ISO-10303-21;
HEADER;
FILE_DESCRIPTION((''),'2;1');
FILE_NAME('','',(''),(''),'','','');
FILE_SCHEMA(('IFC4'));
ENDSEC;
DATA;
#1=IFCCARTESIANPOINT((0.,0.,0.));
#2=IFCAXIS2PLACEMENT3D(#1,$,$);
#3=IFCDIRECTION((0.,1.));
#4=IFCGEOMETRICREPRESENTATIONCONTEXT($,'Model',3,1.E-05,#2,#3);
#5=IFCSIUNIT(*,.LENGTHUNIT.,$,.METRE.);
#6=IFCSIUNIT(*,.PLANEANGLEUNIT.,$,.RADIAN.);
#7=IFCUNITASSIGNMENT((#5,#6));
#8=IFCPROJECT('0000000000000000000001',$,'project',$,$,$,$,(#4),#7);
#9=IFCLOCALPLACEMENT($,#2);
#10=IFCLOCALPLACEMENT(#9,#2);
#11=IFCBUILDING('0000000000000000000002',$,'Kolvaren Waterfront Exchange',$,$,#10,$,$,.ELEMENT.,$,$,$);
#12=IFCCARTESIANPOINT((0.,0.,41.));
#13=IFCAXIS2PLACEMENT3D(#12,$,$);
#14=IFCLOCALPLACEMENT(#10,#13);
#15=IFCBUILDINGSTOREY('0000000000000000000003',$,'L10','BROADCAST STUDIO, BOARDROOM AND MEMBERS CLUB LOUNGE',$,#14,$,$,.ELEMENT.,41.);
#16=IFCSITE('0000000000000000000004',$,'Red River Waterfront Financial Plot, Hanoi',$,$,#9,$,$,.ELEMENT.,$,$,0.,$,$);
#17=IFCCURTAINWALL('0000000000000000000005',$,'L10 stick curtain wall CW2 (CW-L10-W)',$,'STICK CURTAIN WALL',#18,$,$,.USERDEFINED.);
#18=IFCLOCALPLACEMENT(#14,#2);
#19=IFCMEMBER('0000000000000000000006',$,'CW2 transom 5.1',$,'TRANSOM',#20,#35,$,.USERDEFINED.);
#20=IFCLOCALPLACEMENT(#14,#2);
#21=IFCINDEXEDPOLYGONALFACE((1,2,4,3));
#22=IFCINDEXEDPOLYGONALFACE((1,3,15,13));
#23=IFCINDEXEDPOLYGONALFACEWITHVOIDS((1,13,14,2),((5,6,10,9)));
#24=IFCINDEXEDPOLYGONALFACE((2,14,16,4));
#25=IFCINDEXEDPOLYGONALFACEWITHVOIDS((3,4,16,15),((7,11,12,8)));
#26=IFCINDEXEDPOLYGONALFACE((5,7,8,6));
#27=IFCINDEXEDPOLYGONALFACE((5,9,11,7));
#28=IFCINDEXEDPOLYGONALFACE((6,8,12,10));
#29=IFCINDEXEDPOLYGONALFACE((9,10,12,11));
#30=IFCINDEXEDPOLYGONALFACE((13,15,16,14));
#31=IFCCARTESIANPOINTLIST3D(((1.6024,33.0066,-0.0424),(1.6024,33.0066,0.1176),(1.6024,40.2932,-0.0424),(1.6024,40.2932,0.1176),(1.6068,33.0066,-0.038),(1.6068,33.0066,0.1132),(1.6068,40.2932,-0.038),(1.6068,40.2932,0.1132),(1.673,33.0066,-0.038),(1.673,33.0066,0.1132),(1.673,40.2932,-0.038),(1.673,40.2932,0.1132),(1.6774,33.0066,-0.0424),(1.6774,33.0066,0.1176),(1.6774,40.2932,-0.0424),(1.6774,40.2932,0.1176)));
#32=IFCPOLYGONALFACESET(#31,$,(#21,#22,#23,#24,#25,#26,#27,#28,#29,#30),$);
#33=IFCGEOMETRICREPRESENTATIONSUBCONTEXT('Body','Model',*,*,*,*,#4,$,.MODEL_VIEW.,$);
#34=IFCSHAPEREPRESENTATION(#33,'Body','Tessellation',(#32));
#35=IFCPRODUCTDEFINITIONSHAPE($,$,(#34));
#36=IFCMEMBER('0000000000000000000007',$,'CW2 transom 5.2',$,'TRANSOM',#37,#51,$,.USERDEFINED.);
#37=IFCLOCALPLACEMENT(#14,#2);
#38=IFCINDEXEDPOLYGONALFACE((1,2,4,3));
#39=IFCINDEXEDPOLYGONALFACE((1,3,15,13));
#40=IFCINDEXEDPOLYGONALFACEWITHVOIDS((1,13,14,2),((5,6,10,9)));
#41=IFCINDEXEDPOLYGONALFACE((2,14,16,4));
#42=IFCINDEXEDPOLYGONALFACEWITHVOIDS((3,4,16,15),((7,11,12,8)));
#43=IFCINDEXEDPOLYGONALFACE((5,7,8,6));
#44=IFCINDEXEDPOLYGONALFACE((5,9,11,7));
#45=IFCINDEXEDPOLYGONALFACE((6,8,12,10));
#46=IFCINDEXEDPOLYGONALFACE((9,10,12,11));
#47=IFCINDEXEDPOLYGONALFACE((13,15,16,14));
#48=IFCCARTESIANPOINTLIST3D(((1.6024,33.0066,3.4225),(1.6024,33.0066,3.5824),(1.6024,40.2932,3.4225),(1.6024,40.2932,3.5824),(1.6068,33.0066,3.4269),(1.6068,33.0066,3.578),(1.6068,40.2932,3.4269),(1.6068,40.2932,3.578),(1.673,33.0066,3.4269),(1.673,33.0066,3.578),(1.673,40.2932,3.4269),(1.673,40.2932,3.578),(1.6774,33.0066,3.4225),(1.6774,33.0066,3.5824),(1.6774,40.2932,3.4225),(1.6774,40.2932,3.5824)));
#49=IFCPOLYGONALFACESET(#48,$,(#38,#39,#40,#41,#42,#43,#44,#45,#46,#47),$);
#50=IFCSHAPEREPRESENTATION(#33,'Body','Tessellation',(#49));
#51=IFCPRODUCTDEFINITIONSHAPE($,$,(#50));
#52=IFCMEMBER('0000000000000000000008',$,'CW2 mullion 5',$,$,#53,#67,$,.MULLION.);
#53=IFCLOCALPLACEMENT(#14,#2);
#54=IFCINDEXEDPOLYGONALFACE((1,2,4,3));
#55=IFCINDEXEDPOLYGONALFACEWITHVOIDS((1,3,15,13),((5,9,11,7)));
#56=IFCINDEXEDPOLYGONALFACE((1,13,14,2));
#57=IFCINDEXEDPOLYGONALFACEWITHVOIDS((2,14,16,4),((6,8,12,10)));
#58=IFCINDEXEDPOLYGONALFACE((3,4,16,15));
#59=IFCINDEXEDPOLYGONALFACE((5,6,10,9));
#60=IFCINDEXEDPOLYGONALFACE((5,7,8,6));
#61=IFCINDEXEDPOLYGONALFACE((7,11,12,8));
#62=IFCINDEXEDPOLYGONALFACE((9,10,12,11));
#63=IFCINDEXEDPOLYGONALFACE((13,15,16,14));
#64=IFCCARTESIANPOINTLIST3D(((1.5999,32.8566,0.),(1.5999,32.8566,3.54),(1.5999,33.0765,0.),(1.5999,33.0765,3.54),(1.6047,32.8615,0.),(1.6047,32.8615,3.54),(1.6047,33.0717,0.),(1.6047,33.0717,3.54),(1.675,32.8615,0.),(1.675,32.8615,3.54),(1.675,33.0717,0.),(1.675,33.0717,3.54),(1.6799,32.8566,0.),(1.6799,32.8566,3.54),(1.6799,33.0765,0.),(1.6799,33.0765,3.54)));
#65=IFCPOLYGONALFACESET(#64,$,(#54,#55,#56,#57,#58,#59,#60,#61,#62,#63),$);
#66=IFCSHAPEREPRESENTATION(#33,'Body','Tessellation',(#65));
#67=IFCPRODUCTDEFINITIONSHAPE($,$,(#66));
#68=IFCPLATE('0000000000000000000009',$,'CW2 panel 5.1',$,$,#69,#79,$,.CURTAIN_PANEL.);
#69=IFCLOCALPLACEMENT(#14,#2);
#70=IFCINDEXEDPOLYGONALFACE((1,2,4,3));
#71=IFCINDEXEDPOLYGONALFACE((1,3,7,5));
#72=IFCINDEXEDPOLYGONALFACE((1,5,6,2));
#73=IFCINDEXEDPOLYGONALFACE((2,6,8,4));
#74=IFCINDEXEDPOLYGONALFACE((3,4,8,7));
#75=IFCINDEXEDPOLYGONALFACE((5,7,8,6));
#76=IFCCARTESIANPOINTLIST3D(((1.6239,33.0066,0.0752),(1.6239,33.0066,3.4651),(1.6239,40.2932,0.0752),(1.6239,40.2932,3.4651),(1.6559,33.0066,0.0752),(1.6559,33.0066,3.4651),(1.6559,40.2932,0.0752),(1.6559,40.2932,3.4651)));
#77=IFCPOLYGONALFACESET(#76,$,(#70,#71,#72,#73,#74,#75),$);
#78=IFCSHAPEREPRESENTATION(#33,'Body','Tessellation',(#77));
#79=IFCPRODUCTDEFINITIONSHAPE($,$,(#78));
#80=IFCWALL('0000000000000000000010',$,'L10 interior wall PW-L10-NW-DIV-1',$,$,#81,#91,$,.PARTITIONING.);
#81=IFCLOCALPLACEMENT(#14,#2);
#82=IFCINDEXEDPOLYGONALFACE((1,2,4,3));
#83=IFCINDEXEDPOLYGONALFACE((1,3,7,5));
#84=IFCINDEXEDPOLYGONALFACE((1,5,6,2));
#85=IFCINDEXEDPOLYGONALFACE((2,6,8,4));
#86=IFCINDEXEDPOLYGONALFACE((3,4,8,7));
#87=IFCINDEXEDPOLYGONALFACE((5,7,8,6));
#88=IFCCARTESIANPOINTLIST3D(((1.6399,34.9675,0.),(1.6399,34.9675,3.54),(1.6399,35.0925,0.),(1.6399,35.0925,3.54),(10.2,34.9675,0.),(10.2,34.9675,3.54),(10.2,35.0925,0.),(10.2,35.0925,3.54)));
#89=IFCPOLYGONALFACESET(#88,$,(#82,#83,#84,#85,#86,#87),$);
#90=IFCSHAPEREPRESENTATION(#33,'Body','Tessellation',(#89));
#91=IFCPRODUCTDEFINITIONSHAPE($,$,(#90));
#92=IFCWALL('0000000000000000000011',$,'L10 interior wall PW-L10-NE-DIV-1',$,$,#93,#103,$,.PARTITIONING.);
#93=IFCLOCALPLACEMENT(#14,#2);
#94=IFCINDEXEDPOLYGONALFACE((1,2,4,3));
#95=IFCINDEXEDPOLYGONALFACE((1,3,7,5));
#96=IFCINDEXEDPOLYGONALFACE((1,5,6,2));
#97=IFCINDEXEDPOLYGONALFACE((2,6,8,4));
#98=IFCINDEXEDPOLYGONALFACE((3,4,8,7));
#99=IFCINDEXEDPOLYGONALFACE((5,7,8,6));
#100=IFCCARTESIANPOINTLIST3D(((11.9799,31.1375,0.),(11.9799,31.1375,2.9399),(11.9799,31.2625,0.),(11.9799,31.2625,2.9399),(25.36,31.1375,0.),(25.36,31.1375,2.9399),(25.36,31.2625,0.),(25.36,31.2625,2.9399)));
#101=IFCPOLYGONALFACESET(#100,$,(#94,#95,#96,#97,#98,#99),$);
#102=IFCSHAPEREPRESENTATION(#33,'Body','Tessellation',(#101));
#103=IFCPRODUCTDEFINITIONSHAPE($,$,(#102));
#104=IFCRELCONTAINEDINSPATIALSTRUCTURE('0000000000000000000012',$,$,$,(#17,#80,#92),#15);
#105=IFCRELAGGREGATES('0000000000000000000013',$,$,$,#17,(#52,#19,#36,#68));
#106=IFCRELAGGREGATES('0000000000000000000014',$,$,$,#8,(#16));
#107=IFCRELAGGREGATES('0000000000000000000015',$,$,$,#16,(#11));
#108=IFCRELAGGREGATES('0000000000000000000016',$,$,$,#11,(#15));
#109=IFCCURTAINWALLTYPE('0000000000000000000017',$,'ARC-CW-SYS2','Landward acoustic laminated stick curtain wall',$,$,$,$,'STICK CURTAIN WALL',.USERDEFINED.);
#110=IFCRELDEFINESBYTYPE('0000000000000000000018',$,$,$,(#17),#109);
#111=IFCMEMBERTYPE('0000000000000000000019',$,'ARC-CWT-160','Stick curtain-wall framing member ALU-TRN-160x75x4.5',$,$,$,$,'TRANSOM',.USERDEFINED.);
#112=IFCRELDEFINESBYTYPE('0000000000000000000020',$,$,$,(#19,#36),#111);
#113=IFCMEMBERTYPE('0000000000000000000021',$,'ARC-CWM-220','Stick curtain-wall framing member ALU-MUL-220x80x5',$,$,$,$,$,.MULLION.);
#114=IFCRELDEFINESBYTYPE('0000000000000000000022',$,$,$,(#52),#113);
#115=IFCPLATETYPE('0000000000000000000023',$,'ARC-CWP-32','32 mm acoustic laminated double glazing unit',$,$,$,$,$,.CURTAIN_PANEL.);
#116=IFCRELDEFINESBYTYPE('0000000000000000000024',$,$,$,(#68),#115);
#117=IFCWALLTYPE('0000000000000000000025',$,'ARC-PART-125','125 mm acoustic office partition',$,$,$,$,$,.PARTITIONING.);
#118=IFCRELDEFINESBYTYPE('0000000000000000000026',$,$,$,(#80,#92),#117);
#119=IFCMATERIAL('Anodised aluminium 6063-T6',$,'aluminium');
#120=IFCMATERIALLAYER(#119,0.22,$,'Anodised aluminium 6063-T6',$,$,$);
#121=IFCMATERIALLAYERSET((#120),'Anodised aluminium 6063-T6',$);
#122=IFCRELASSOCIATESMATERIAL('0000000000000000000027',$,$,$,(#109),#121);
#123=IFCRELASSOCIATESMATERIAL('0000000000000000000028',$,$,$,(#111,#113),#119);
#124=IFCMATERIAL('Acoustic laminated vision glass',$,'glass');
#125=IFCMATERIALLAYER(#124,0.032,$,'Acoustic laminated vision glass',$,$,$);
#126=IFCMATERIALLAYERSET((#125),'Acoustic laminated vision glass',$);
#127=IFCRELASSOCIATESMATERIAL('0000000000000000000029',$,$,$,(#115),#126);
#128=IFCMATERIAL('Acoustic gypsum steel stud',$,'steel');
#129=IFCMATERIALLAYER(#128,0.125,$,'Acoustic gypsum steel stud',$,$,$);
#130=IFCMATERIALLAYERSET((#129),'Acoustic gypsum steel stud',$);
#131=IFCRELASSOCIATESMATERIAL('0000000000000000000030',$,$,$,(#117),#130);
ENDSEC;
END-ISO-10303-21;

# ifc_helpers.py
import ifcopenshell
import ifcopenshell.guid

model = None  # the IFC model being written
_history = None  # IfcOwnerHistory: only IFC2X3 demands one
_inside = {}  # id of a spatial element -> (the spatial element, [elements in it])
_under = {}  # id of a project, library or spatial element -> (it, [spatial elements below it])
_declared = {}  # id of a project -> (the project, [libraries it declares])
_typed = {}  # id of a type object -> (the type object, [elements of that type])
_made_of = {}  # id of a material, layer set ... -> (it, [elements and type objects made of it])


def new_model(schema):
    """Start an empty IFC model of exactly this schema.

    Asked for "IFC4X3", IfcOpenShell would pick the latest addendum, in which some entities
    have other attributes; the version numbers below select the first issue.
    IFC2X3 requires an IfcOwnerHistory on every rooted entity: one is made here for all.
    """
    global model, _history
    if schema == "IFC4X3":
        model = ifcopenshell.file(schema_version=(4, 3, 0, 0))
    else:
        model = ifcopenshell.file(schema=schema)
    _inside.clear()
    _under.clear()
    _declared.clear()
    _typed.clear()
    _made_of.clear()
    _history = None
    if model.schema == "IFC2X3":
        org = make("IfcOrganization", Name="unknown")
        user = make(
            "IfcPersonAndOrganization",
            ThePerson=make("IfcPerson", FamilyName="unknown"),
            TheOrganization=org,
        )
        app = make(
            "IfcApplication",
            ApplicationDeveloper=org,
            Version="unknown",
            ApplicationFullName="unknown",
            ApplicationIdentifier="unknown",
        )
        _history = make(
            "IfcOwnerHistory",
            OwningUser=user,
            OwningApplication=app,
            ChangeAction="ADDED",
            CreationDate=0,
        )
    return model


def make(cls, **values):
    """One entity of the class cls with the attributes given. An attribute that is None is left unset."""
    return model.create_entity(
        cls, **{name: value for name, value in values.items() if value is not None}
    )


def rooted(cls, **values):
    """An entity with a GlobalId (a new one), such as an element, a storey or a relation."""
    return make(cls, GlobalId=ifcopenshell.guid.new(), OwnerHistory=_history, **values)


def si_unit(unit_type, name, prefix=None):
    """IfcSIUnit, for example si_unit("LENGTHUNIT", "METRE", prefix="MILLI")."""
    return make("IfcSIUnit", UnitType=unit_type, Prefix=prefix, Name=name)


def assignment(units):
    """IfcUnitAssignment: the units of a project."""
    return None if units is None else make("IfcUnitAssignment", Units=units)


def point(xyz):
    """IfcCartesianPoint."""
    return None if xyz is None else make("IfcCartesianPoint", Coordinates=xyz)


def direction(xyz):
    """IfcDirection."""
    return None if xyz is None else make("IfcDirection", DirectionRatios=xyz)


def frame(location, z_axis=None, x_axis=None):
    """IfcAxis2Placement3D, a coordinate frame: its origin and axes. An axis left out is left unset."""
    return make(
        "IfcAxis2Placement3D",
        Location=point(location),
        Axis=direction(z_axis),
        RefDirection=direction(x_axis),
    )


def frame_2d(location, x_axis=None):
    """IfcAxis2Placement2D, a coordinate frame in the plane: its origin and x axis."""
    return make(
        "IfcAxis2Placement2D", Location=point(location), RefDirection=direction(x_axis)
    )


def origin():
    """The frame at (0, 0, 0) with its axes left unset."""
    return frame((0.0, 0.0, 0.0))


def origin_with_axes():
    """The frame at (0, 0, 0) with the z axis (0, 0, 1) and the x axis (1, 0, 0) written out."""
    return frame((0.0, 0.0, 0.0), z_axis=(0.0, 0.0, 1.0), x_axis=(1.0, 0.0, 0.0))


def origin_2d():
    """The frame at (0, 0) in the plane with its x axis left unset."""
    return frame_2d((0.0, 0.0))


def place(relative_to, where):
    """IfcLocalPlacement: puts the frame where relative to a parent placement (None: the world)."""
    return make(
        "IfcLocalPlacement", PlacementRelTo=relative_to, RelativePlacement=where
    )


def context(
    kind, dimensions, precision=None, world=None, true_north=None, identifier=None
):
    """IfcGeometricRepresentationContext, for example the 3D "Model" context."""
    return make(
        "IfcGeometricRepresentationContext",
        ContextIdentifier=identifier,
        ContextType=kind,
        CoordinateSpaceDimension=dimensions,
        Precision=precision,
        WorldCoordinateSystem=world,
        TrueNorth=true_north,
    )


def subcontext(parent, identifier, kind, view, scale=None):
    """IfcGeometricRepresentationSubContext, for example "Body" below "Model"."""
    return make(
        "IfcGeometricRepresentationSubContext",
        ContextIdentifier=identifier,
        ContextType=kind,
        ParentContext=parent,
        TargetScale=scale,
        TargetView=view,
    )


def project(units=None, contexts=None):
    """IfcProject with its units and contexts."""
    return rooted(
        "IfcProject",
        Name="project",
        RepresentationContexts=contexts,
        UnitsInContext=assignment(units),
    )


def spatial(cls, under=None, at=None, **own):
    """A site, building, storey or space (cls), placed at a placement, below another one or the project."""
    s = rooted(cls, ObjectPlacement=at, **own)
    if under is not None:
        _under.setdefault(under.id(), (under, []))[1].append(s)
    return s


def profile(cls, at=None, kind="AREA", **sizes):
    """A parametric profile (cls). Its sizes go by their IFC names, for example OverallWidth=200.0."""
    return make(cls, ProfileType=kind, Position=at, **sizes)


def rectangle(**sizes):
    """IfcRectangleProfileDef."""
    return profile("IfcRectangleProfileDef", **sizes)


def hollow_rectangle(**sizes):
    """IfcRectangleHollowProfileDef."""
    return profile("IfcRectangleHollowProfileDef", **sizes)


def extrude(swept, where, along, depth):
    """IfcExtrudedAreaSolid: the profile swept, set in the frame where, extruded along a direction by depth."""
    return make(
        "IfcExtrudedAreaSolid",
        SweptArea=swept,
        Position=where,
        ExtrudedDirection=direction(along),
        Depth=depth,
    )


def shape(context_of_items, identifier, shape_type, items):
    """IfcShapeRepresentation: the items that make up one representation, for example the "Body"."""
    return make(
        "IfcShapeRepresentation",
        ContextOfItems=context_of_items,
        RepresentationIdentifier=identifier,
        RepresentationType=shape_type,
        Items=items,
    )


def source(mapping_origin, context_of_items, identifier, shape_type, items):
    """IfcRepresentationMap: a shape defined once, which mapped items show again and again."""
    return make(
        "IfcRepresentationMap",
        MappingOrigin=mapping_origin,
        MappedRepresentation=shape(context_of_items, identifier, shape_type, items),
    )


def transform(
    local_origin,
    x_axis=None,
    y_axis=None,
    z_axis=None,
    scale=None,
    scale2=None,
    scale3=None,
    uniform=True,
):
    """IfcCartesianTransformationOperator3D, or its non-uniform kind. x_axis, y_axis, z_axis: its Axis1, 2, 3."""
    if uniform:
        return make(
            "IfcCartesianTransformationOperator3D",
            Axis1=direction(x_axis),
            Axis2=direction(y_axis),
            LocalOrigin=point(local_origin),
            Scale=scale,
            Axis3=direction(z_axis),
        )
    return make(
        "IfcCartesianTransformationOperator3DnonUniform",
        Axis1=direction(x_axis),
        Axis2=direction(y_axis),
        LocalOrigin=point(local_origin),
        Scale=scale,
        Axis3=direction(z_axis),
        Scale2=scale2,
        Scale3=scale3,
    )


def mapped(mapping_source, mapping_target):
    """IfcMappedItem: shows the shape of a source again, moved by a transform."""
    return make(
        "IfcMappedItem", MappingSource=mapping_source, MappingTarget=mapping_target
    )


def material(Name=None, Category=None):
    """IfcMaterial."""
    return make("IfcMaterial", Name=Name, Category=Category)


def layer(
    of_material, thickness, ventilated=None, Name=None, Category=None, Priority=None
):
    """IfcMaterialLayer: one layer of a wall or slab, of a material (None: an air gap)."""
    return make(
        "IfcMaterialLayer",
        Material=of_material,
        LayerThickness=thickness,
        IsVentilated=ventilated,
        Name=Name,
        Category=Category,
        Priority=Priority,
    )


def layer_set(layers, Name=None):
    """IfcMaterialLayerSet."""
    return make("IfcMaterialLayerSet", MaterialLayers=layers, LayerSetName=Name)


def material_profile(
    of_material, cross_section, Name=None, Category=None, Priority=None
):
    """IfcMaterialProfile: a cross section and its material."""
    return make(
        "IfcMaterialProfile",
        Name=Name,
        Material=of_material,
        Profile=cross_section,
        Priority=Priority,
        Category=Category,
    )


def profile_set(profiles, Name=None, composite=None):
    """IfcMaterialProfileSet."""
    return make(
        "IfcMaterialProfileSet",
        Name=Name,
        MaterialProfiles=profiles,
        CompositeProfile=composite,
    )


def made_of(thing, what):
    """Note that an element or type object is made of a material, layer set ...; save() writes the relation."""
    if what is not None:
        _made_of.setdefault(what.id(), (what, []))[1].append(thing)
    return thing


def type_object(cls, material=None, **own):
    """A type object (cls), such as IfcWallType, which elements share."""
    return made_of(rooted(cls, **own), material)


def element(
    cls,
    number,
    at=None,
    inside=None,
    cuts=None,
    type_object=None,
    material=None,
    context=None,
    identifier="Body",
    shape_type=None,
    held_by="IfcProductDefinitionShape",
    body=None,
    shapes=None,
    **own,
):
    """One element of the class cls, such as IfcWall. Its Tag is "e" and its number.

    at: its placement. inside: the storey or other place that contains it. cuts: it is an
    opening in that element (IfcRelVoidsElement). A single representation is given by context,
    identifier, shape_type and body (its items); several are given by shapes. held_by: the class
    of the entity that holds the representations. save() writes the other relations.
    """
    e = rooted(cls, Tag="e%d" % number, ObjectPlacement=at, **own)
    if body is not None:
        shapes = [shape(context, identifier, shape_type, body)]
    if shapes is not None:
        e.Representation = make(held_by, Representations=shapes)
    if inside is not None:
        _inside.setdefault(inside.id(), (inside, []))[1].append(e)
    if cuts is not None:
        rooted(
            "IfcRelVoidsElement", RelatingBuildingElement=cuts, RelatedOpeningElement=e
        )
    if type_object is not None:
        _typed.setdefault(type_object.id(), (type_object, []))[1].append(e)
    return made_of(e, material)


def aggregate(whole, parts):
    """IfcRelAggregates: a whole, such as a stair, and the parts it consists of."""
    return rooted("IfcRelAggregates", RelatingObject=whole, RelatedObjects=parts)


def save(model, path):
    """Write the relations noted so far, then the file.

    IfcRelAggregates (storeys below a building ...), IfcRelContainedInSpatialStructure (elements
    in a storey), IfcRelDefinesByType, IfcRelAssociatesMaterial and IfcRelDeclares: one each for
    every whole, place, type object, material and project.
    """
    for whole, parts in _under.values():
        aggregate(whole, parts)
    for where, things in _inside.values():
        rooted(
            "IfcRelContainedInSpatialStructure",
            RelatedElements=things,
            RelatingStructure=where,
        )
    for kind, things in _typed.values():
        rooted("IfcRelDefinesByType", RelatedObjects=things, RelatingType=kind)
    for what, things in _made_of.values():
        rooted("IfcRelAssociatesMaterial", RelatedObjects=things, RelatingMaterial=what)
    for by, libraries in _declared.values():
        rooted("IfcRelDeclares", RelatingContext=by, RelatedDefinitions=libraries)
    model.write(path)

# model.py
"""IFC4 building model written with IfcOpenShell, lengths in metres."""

from ifc_helpers import new_model, si_unit, direction, frame, frame_2d, origin, origin_with_axes, origin_2d, place, context, subcontext, project, spatial, rectangle, hollow_rectangle, extrude, source, transform, mapped, material, layer, layer_set, material_profile, profile_set, type_object, element, aggregate, save


model = new_model("IFC4")

# Units and contexts
model_context = context("Model", 3, precision=1e-05, world=origin(), true_north=direction((0.0, 1.0)))
body_context = subcontext(model_context, "Body", "Model", "MODEL_VIEW")
ifc_project = project(units=[si_unit("LENGTHUNIT", "METRE"), si_unit("PLANEANGLEUNIT", "RADIAN")], contexts=[model_context])

# Site, building, storey
site_placement = place(None, origin())
site = spatial("IfcSite", under=ifc_project, at=site_placement, Name="Red River Waterfront Financial Plot, Hanoi", CompositionType="ELEMENT", RefElevation=0.0)
building_placement = place(site_placement, origin())
building = spatial("IfcBuilding", under=site, at=building_placement, Name="Kolvaren Waterfront Exchange", CompositionType="ELEMENT")
storey_placement = place(building_placement, frame((0.0, 0.0, 41.0)))
storey = spatial("IfcBuildingStorey", under=building, at=storey_placement, Name="L10", Description="BROADCAST STUDIO, BOARDROOM AND MEMBERS CLUB LOUNGE", CompositionType="ELEMENT", Elevation=41.0)

# Curtain wall, members, plate
ifc_material_1 = material(Name="Anodised aluminium 6063-T6", Category="aluminium")
ifc_layer_1 = layer(ifc_material_1, 0.22, Name="Anodised aluminium 6063-T6")
ifc_layer_set_1 = layer_set([ifc_layer_1], Name="Anodised aluminium 6063-T6")
curtain_wall_type = type_object("IfcCurtainWallType", Name="ARC-CW-SYS2", Description="Landward acoustic laminated stick curtain wall", ElementType="STICK CURTAIN WALL", PredefinedType="USERDEFINED", material=ifc_layer_set_1)
curtain_wall_placement = place(storey_placement, origin())
curtain_wall = element("IfcCurtainWall", 1, at=curtain_wall_placement, inside=storey, type_object=curtain_wall_type, Name="L10 stick curtain wall CW2 (CW-L10-W)", ObjectType="STICK CURTAIN WALL", PredefinedType="USERDEFINED")
ifc_material_profile_1 = material_profile(ifc_material_1, hollow_rectangle(XDim=0.075, YDim=0.1599, WallThickness=0.0044, at=origin_2d()), Name="ALU-TRN-160x75x4.5")
ifc_profile_set_1 = profile_set([ifc_material_profile_1], Name="Anodised aluminium 6063-T6")
member_type_1 = type_object("IfcMemberType", Name="ARC-CWT-160", Description="Stick curtain-wall framing member ALU-TRN-160x75x4.5", ElementType="TRANSOM", PredefinedType="USERDEFINED", material=ifc_profile_set_1)
shared_shape_1 = source(origin_with_axes(), body_context, "Body", "SweptSolid", [
    extrude(hollow_rectangle(XDim=0.075, YDim=0.1599, WallThickness=0.0044, at=origin_2d()), origin(), (0.0, 0.0, 1.0), 7.2866),
])
member_1_placement = place(storey_placement, frame((1.6399, 33.0066, 0.0376), z_axis=(0.0, 1.0, 0.0), x_axis=(-1.0, 0.0, 0.0)))
member_1 = element("IfcMember", 2, at=member_1_placement, type_object=member_type_1, Name="CW2 transom 5.1", ObjectType="TRANSOM", PredefinedType="USERDEFINED", context=body_context, shape_type="MappedRepresentation", body=[
    mapped(shared_shape_1, transform((0.0, 0.0, 0.0), x_axis=(1.0, 0.0, 0.0), y_axis=(0.0, 1.0, 0.0), z_axis=(0.0, 0.0, 1.0), scale=1.0)),
])
member_2_placement = place(storey_placement, frame((1.6399, 33.0066, 3.5024), z_axis=(0.0, 1.0, 0.0), x_axis=(-1.0, 0.0, 0.0)))
member_2 = element("IfcMember", 3, at=member_2_placement, type_object=member_type_1, Name="CW2 transom 5.2", ObjectType="TRANSOM", PredefinedType="USERDEFINED", context=body_context, shape_type="MappedRepresentation", body=[
    mapped(shared_shape_1, transform((0.0, 0.0, 0.0), x_axis=(1.0, 0.0, 0.0), y_axis=(0.0, 1.0, 0.0), z_axis=(0.0, 0.0, 1.0), scale=1.0)),
])
ifc_material_profile_2 = material_profile(ifc_material_1, hollow_rectangle(XDim=0.0801, YDim=0.22, WallThickness=0.0049, at=origin_2d()), Name="ALU-MUL-220x80x5")
ifc_profile_set_2 = profile_set([ifc_material_profile_2], Name="Anodised aluminium 6063-T6")
member_type_2 = type_object("IfcMemberType", Name="ARC-CWM-220", Description="Stick curtain-wall framing member ALU-MUL-220x80x5", PredefinedType="MULLION", material=ifc_profile_set_2)
shared_shape_2 = source(origin_with_axes(), body_context, "Body", "SweptSolid", [
    extrude(hollow_rectangle(XDim=0.0801, YDim=0.22, WallThickness=0.0049, at=origin_2d()), origin(), (0.0, 0.0, 1.0), 3.54),
])
member_3_placement = place(storey_placement, frame((1.6399, 32.9666, 0.0), z_axis=(0.0, 0.0, 1.0), x_axis=(-1.0, 0.0, 0.0)))
member_3 = element("IfcMember", 4, at=member_3_placement, type_object=member_type_2, Name="CW2 mullion 5", PredefinedType="MULLION", context=body_context, shape_type="MappedRepresentation", body=[
    mapped(shared_shape_2, transform((0.0, 0.0, 0.0), x_axis=(1.0, 0.0, 0.0), y_axis=(0.0, 1.0, 0.0), z_axis=(0.0, 0.0, 1.0), scale=1.0)),
])
ifc_material_2 = material(Name="Acoustic laminated vision glass", Category="glass")
ifc_layer_2 = layer(ifc_material_2, 0.032, Name="Acoustic laminated vision glass")
ifc_layer_set_2 = layer_set([ifc_layer_2], Name="Acoustic laminated vision glass")
plate_type = type_object("IfcPlateType", Name="ARC-CWP-32", Description="32 mm acoustic laminated double glazing unit", PredefinedType="CURTAIN_PANEL", material=ifc_layer_set_2)
shared_shape_3 = source(origin_with_axes(), body_context, "Body", "SweptSolid", [
    extrude(rectangle(XDim=7.2866, YDim=0.032, at=origin_2d()), origin(), (0.0, 0.0, 1.0), 3.3899),
])
plate_placement = place(storey_placement, frame((1.6399, 36.6499, 0.0752), z_axis=(0.0, 0.0, 1.0), x_axis=(0.0, 1.0, 0.0)))
plate = element("IfcPlate", 5, at=plate_placement, type_object=plate_type, Name="CW2 panel 5.1", PredefinedType="CURTAIN_PANEL", context=body_context, shape_type="MappedRepresentation", body=[
    mapped(shared_shape_3, transform((0.0, 0.0, 0.0), x_axis=(1.0, 0.0, 0.0), y_axis=(0.0, 1.0, 0.0), z_axis=(0.0, 0.0, 1.0), scale=1.0)),
])
aggregate(curtain_wall, [member_3, member_1, member_2, plate])

# Walls
ifc_material_3 = material(Name="Acoustic gypsum steel stud", Category="steel")
ifc_layer_3 = layer(ifc_material_3, 0.125, Name="Acoustic gypsum steel stud")
ifc_layer_set_3 = layer_set([ifc_layer_3], Name="Acoustic gypsum steel stud")
wall_type = type_object("IfcWallType", Name="ARC-PART-125", Description="125 mm acoustic office partition", PredefinedType="PARTITIONING", material=ifc_layer_set_3)
wall_1_placement = place(storey_placement, frame((1.6399, 35.03, 0.0), z_axis=(0.0, 0.0, 1.0), x_axis=(1.0, 0.0, 0.0)))
element("IfcWall", 6, at=wall_1_placement, inside=storey, type_object=wall_type, Name="L10 interior wall PW-L10-NW-DIV-1", PredefinedType="PARTITIONING", context=body_context, shape_type="SweptSolid", body=[
    extrude(rectangle(XDim=8.5601, YDim=0.125, at=frame_2d((4.28, 0.0))), origin(), (0.0, 0.0, 1.0), 3.54),
])
wall_2_placement = place(storey_placement, frame((11.98, 31.2, 0.0), z_axis=(0.0, 0.0, 1.0), x_axis=(1.0, 0.0, 0.0)))
element("IfcWall", 7, at=wall_2_placement, inside=storey, type_object=wall_type, Name="L10 interior wall PW-L10-NE-DIV-1", PredefinedType="PARTITIONING", context=body_context, shape_type="SweptSolid", body=[
    extrude(rectangle(XDim=13.3801, YDim=0.125, at=frame_2d((6.6899, 0.0))), origin(), (0.0, 0.0, 1.0), 2.9399),
])

save(model, "model.ifc")
